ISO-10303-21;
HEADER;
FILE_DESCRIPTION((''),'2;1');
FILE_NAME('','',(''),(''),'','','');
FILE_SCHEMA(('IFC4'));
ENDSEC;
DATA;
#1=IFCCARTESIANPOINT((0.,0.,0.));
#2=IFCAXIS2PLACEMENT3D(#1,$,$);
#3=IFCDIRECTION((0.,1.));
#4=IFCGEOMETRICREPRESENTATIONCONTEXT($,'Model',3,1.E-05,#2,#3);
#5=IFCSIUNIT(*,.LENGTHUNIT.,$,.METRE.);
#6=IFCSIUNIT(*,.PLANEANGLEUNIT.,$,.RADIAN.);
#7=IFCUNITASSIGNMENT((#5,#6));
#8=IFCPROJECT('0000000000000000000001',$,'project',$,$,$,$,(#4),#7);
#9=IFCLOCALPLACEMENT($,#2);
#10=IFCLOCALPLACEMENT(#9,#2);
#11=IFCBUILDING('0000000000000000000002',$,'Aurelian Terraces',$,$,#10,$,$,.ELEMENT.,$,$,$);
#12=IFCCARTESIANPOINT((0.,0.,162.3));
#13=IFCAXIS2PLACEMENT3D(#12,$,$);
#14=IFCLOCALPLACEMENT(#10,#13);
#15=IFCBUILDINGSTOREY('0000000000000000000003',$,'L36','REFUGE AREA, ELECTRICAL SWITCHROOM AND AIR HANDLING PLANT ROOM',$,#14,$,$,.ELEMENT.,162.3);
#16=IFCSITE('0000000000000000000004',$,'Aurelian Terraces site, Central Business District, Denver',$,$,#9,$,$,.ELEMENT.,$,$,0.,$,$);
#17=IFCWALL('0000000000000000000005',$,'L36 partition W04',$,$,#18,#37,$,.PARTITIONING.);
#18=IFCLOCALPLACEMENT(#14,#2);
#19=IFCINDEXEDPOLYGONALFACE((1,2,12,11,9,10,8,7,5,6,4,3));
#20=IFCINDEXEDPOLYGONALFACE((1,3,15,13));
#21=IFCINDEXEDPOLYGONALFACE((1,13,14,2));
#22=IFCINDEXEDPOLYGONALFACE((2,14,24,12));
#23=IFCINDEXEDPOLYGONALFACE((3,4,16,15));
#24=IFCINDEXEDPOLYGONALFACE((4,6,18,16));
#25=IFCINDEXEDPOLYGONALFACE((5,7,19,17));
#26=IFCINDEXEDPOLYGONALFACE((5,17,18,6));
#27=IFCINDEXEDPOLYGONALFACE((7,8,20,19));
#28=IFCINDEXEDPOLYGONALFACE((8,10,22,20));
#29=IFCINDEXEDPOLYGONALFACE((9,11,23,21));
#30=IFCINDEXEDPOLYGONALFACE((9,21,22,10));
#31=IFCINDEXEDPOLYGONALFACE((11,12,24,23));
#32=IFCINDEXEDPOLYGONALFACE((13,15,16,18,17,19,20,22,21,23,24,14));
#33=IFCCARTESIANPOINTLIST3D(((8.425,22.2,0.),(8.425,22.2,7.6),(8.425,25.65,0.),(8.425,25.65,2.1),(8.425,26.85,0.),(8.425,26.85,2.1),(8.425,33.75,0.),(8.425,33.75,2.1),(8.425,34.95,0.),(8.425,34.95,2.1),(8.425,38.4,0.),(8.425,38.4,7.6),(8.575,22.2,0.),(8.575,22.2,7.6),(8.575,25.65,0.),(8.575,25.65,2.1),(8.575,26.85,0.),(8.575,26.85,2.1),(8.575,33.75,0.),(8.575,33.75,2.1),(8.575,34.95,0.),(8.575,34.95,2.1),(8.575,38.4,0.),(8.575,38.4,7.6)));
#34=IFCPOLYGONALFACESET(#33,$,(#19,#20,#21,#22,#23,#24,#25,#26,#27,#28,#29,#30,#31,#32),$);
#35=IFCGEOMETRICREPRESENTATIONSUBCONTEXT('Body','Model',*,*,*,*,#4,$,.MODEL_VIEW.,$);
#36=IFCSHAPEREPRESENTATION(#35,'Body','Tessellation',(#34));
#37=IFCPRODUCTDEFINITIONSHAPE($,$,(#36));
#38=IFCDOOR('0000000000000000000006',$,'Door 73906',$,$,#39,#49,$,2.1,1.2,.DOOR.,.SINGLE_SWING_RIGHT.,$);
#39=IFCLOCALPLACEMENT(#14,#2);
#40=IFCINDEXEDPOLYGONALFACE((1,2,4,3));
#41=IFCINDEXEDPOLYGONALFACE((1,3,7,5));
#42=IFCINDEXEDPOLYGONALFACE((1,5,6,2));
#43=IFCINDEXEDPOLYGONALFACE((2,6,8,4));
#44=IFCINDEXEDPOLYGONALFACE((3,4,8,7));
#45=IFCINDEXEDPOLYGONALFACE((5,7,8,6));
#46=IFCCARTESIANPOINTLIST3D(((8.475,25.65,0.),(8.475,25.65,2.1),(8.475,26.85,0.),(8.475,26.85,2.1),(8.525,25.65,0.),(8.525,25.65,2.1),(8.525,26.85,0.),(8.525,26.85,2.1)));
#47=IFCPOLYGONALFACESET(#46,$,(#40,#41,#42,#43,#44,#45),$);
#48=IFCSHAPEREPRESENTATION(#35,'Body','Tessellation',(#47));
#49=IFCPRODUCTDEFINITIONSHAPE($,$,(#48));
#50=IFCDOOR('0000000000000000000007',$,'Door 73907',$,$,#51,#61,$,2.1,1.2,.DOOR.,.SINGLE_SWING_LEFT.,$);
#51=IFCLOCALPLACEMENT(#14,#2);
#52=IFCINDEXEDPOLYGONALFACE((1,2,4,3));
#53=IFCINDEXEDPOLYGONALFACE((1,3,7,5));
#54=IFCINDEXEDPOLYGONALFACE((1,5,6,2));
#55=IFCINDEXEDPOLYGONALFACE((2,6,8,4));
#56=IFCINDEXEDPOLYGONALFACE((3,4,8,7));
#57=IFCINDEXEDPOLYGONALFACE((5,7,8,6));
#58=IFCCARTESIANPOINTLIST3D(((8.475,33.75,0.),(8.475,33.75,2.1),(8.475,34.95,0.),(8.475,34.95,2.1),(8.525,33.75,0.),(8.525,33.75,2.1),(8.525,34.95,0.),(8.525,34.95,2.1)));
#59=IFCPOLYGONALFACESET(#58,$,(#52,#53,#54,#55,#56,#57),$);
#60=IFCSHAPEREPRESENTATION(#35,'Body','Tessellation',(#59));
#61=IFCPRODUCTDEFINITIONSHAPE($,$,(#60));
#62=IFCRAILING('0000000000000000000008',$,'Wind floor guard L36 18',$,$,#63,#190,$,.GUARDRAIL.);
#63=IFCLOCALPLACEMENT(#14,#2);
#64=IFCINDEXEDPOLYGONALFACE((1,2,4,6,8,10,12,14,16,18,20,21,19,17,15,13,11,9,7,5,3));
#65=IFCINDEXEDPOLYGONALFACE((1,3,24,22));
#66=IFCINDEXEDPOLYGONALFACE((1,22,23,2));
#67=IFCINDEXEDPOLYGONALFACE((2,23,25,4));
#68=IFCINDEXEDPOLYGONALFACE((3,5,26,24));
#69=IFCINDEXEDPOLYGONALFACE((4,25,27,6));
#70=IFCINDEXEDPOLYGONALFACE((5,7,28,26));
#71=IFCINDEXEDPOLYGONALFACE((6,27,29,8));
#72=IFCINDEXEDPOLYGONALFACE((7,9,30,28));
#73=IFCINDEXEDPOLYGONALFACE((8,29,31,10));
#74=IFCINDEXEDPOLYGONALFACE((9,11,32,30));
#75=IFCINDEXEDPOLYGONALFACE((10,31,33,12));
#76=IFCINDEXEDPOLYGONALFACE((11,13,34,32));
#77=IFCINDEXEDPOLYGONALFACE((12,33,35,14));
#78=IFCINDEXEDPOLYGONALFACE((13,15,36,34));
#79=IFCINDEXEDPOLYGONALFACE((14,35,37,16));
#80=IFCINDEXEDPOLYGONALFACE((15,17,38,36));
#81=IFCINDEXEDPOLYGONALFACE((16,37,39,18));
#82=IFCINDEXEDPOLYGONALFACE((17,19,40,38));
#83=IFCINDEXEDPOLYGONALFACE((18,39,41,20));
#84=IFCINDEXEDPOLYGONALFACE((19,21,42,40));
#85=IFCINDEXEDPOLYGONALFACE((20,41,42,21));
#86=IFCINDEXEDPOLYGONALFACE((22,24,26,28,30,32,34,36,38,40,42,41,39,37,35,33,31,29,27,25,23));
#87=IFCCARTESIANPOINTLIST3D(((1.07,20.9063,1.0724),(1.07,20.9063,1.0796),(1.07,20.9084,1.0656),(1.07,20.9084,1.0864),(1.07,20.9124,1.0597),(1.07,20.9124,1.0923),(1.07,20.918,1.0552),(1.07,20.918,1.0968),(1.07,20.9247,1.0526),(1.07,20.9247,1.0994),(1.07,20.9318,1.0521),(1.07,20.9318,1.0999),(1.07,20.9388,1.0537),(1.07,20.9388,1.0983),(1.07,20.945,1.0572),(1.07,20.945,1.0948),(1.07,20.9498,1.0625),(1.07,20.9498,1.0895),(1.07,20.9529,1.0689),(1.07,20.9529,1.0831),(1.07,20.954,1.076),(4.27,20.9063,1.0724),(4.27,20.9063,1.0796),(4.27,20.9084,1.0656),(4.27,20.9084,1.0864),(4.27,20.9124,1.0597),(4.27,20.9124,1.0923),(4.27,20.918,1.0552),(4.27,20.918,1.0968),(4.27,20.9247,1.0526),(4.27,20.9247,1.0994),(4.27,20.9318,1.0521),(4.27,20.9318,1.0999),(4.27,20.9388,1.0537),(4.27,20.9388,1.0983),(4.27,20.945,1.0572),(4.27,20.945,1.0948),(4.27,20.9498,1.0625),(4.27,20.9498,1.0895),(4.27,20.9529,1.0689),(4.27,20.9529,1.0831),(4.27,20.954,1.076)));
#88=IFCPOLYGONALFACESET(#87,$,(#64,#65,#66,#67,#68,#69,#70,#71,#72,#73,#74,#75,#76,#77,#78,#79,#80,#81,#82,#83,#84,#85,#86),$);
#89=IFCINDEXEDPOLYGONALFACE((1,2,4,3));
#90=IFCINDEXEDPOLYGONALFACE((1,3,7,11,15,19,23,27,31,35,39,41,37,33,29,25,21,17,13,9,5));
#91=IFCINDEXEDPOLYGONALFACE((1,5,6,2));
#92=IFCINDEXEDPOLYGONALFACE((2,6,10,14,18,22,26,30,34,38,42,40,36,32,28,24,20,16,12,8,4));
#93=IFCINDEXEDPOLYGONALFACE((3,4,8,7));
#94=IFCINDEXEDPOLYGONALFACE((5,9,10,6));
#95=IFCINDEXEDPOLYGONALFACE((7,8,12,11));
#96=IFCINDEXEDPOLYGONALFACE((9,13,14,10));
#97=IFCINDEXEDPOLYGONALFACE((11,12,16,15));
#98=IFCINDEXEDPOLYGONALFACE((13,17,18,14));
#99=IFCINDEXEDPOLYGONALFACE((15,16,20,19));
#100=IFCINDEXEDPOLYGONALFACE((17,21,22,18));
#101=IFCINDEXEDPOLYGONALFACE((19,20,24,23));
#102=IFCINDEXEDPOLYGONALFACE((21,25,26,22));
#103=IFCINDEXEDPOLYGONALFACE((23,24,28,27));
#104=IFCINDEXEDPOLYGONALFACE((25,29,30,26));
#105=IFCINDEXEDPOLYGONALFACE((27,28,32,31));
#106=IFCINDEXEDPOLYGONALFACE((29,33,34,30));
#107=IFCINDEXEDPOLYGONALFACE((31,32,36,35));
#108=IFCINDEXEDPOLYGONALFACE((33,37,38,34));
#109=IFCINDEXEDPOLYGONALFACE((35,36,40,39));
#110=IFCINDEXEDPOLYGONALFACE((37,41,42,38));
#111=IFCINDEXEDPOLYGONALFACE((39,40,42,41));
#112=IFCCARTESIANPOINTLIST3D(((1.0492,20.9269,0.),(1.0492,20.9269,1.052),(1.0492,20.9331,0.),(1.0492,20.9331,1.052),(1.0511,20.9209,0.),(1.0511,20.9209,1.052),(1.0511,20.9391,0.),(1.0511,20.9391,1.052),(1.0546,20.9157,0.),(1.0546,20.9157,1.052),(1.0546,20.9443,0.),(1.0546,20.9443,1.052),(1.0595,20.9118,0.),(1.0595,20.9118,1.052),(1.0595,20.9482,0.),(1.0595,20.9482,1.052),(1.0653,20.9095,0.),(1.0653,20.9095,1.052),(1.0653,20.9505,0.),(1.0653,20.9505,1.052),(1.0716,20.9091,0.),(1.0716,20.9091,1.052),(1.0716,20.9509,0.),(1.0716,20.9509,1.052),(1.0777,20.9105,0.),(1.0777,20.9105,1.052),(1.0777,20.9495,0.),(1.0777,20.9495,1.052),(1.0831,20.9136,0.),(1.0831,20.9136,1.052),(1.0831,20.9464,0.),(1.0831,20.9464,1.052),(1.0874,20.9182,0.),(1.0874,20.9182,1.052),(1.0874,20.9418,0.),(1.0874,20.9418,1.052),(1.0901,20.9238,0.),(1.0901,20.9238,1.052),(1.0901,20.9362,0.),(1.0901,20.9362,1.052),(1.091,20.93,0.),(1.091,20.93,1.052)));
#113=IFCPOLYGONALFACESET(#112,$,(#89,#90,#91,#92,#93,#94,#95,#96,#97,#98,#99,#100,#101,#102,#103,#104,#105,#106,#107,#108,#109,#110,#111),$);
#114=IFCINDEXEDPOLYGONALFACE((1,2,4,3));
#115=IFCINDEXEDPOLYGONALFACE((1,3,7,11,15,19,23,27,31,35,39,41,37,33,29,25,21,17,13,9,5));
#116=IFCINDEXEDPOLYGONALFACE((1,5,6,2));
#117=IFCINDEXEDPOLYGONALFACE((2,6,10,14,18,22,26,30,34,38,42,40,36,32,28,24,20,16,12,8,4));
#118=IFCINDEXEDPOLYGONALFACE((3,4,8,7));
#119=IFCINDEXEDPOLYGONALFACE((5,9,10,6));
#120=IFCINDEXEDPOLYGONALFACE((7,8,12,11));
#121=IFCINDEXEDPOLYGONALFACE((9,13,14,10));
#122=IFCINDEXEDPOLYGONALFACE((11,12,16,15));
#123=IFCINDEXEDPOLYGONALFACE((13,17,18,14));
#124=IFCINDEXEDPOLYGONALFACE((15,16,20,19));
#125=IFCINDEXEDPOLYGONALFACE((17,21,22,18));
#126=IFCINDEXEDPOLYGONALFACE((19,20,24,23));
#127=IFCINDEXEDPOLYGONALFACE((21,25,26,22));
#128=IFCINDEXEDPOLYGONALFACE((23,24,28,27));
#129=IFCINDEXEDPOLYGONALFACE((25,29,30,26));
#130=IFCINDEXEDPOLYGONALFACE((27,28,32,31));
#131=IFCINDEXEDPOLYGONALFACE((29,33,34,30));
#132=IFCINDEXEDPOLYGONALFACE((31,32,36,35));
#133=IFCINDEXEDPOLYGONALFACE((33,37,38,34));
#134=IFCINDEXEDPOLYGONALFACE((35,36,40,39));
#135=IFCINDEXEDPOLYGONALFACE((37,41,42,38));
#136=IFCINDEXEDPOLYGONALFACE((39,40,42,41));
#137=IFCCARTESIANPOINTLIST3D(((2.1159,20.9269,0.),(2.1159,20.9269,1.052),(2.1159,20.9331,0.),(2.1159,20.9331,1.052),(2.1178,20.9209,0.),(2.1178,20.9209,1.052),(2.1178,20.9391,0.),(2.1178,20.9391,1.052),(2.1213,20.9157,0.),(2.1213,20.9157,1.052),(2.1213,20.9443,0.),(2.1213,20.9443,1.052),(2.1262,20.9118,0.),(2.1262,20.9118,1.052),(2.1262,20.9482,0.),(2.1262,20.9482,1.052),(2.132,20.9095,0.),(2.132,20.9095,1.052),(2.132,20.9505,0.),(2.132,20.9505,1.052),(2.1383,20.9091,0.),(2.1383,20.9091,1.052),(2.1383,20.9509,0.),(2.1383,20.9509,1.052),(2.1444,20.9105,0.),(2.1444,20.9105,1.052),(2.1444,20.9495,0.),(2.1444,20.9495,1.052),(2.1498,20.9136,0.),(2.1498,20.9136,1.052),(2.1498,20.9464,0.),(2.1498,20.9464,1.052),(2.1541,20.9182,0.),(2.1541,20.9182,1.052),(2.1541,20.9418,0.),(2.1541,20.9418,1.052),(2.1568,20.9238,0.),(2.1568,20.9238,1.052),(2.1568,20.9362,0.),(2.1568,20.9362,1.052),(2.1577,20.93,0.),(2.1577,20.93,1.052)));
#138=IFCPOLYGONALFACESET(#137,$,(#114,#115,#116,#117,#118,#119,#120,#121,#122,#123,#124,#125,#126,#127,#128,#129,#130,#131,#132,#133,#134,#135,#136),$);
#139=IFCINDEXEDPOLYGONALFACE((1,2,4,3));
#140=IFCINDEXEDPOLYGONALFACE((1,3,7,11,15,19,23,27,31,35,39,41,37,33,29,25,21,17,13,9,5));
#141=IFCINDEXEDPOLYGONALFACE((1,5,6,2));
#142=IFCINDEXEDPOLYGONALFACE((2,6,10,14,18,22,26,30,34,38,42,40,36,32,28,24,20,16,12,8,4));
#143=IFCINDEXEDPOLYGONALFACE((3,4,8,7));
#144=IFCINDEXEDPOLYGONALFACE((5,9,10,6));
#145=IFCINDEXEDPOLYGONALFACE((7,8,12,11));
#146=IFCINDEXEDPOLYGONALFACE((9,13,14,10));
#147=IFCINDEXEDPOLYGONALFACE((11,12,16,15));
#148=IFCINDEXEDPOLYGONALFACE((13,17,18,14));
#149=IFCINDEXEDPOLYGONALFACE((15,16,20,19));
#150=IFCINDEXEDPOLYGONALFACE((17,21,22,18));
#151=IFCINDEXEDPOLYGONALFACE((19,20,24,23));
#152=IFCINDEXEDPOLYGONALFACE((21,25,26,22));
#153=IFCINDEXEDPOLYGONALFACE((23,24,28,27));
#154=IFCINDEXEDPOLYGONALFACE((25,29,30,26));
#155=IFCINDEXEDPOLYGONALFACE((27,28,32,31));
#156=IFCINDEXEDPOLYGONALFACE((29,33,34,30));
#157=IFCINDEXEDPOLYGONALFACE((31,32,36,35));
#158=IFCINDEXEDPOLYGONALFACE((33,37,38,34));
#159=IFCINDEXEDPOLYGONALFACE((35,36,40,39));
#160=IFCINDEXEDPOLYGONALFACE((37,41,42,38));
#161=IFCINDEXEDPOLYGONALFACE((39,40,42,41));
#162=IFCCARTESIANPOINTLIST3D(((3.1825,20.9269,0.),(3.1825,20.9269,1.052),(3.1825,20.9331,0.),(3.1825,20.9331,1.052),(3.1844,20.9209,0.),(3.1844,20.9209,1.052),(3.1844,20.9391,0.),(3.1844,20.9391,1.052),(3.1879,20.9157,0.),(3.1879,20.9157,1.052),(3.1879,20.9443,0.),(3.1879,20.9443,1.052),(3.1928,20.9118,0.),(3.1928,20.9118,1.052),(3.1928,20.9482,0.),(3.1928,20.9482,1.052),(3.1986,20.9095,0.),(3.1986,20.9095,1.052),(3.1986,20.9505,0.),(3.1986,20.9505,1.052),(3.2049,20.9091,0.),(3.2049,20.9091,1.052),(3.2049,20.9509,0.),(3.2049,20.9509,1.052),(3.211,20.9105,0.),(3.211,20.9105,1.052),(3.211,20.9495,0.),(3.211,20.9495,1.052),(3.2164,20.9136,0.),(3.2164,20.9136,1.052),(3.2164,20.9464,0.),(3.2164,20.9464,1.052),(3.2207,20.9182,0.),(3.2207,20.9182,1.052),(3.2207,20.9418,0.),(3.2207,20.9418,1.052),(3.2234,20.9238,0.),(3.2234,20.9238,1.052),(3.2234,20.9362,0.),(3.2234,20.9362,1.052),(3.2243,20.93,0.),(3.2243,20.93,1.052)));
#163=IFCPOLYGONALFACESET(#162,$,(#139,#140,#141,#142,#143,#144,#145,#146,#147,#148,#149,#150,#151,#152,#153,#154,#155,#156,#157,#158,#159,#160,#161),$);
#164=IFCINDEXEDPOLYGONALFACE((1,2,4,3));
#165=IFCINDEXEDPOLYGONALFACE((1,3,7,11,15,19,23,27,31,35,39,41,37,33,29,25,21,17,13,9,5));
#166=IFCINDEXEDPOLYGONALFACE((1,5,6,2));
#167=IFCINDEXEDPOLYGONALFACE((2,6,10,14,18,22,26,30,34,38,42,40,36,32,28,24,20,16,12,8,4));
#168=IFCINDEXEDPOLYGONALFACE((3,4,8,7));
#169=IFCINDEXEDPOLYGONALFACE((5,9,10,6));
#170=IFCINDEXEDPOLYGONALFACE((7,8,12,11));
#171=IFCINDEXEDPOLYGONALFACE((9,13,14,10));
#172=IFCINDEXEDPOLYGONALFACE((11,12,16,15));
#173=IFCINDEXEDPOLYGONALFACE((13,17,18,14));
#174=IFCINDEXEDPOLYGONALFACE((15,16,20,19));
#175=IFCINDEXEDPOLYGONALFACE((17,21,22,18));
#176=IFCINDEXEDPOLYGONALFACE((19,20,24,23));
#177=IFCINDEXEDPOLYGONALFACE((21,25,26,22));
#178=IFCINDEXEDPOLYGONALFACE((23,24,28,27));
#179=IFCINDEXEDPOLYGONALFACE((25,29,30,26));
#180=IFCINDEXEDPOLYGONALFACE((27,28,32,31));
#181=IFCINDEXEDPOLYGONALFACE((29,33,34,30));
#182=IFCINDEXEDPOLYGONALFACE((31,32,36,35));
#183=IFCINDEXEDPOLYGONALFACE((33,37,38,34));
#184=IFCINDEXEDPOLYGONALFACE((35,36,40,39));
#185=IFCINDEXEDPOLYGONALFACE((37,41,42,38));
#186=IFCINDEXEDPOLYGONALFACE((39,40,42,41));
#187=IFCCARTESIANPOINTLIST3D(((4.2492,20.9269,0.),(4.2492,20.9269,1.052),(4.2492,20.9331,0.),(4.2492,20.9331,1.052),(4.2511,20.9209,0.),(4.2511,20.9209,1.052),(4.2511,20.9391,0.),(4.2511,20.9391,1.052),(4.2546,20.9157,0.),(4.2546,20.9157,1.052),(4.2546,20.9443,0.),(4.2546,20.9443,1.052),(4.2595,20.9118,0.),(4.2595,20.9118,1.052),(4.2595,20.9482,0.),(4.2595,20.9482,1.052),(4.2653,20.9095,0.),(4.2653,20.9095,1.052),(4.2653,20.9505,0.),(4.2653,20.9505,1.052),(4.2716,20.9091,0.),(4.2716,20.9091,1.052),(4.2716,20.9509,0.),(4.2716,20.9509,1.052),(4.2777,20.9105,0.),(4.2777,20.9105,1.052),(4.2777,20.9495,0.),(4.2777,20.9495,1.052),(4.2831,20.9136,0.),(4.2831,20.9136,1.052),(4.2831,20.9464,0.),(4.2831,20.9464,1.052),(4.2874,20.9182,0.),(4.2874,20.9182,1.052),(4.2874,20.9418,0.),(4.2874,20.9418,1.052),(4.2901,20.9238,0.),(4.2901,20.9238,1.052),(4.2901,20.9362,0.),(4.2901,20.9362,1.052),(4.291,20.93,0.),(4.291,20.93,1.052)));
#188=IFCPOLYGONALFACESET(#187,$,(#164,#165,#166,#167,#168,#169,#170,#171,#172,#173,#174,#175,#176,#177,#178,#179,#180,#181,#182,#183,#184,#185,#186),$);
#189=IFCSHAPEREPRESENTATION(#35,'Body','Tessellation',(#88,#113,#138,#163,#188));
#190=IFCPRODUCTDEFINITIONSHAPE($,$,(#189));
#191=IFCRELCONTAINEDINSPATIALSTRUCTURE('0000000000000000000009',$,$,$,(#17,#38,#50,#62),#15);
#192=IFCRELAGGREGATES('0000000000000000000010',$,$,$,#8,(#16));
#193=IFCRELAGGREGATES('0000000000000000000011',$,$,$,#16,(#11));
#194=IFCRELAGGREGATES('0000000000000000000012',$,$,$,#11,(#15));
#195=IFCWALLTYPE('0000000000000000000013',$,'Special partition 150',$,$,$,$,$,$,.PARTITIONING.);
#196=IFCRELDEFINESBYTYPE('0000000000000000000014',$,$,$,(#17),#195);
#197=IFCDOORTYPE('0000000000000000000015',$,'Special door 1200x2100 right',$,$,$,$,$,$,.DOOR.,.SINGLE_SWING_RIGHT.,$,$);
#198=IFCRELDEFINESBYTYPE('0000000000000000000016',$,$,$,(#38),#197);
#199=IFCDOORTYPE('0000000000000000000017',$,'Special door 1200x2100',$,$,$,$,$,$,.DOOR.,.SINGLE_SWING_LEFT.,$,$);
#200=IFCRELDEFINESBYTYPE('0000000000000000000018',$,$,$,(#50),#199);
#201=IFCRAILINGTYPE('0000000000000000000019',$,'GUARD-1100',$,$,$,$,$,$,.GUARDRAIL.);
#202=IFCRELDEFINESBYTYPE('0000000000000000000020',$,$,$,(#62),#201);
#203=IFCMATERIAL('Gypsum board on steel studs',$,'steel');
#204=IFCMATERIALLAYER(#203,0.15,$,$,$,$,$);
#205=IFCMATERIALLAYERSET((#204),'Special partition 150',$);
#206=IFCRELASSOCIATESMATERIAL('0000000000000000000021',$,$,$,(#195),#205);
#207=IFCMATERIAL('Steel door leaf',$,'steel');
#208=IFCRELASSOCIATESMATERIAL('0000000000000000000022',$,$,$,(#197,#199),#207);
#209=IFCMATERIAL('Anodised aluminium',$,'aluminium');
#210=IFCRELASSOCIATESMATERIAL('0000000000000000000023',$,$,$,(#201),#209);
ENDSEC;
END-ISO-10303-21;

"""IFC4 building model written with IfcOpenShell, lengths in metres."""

from ifc_helpers import new_model, si_unit, direction, frame, frame_2d, origin, origin_2d, place, context, subcontext, project, spatial, rectangle, circle, extrude, source, transform, mapped, material, layer, layer_set, type_object, element, fill, save


model = new_model("IFC4")

# Units and contexts
model_context = context("Model", 3, precision=1e-05, world=origin(), true_north=direction((0.0, 1.0)))
body_context = subcontext(model_context, "Body", "Model", "MODEL_VIEW")
ifc_project = project(units=[si_unit("LENGTHUNIT", "METRE"), si_unit("PLANEANGLEUNIT", "RADIAN")], contexts=[model_context])

# Site, building, storey
site_placement = place(None, origin())
site = spatial("IfcSite", under=ifc_project, at=site_placement, Name="Aurelian Terraces site, Central Business District, Denver", CompositionType="ELEMENT", RefElevation=0.0)
building_placement = place(site_placement, origin())
building = spatial("IfcBuilding", under=site, at=building_placement, Name="Aurelian Terraces", CompositionType="ELEMENT")
storey_placement = place(building_placement, frame((0.0, 0.0, 162.3)))
storey = spatial("IfcBuildingStorey", under=building, at=storey_placement, Name="L36", Description="REFUGE AREA, ELECTRICAL SWITCHROOM AND AIR HANDLING PLANT ROOM", CompositionType="ELEMENT", Elevation=162.3)

# Shared definitions
ifc_material_1 = material(Name="Steel door leaf", Category="steel")
shared_shape_1 = source(origin(), body_context, "Body", "SweptSolid", [
    extrude(rectangle(XDim=1.2, YDim=2.1, at=frame_2d((0.6, 1.05))), frame((0.0, 0.025, 0.0), z_axis=(0.0, -1.0, 0.0), x_axis=(1.0, 0.0, 0.0)), (0.0, 0.0, 1.0), 0.05),
])

# Wall, openings, doors
ifc_material_2 = material(Name="Gypsum board on steel studs", Category="steel")
ifc_layer_1 = layer(ifc_material_2, 0.15)
ifc_layer_set_1 = layer_set([ifc_layer_1], Name="Special partition 150")
wall_type_1 = type_object("IfcWallType", Name="Special partition 150", PredefinedType="PARTITIONING", material=ifc_layer_set_1)
shared_shape_2 = source(origin(), body_context, "Body", "SweptSolid", [
    extrude(rectangle(XDim=16.2, YDim=0.15, at=frame_2d((8.1, 0.0))), origin(), (0.0, 0.0, 1.0), 7.6),
])
wall_1_placement = place(storey_placement, frame((8.5, 22.2, 0.0), z_axis=(0.0, 0.0, 1.0), x_axis=(0.0, 1.0, 0.0)))
wall_1 = element("IfcWall", 1, at=wall_1_placement, inside=storey, type_object=wall_type_1, Name="L36 partition W04", PredefinedType="PARTITIONING", context=body_context, shape_type="MappedRepresentation", body=[
    mapped(shared_shape_2, transform((0.0, 0.0, 0.0), scale=1.0)),
])
shared_shape_3 = source(origin(), body_context, "Body", "SweptSolid", [
    extrude(rectangle(XDim=1.2, YDim=2.1, at=frame_2d((0.6, 1.05))), frame((0.0, 0.085, 0.0), z_axis=(0.0, -1.0, 0.0), x_axis=(1.0, 0.0, 0.0)), (0.0, 0.0, 1.0), 0.17),
])
opening_1_placement = place(wall_1_placement, frame((3.45, 0.0, 0.0)))
opening_1 = element("IfcOpeningElement", 2, at=opening_1_placement, cuts=wall_1, PredefinedType="OPENING", context=body_context, shape_type="MappedRepresentation", body=[
    mapped(shared_shape_3, transform((0.0, 0.0, 0.0), scale=1.0)),
])
opening_2_placement = place(wall_1_placement, frame((11.55, 0.0, 0.0)))
opening_2 = element("IfcOpeningElement", 3, at=opening_2_placement, cuts=wall_1, PredefinedType="OPENING", context=body_context, shape_type="MappedRepresentation", body=[
    mapped(shared_shape_3, transform((0.0, 0.0, 0.0), scale=1.0)),
])
door_type_1 = type_object("IfcDoorType", Name="Special door 1200x2100 right", OperationType="SINGLE_SWING_RIGHT", PredefinedType="DOOR", material=ifc_material_1)
door_1_placement = place(opening_1_placement, origin())
door_1 = element("IfcDoor", 4, at=door_1_placement, inside=storey, type_object=door_type_1, Name="Door 73906", OperationType="SINGLE_SWING_RIGHT", OverallHeight=2.1, OverallWidth=1.2, PredefinedType="DOOR", context=body_context, shape_type="MappedRepresentation", body=[
    mapped(shared_shape_1, transform((0.0, 0.0, 0.0), scale=1.0)),
])
fill(opening_1, door_1)
door_type_2 = type_object("IfcDoorType", Name="Special door 1200x2100", OperationType="SINGLE_SWING_LEFT", PredefinedType="DOOR", material=ifc_material_1)
door_2_placement = place(opening_2_placement, origin())
door_2 = element("IfcDoor", 5, at=door_2_placement, inside=storey, type_object=door_type_2, Name="Door 73907", OperationType="SINGLE_SWING_LEFT", OverallHeight=2.1, OverallWidth=1.2, PredefinedType="DOOR", context=body_context, shape_type="MappedRepresentation", body=[
    mapped(shared_shape_1, transform((0.0, 0.0, 0.0), scale=1.0)),
])
fill(opening_2, door_2)

# Railing
ifc_material_3 = material(Name="Anodised aluminium", Category="aluminium")
railing_type_1 = type_object("IfcRailingType", Name="GUARD-1100", PredefinedType="GUARDRAIL", material=ifc_material_3)
railing_1_placement = place(storey_placement, frame((1.07, 20.93, 0.0)))
element("IfcRailing", 6, at=railing_1_placement, inside=storey, type_object=railing_type_1, Name="Wind floor guard L36 18", PredefinedType="GUARDRAIL", context=body_context, shape_type="SweptSolid", body=[
    extrude(circle(Radius=0.024, at=origin_2d()), frame((0.0, 0.0, 1.076), z_axis=(1.0, 0.0, 0.0), x_axis=(0.0, 1.0, 0.0)), (0.0, 0.0, 1.0), 3.2),
    extrude(circle(Radius=0.021, at=origin_2d()), origin(), (0.0, 0.0, 1.0), 1.052),
    extrude(circle(Radius=0.021, at=origin_2d()), frame((1.0667, 0.0, 0.0)), (0.0, 0.0, 1.0), 1.052),
    extrude(circle(Radius=0.021, at=origin_2d()), frame((2.1333, 0.0, 0.0)), (0.0, 0.0, 1.0), 1.052),
    extrude(circle(Radius=0.021, at=origin_2d()), frame((3.2, 0.0, 0.0)), (0.0, 0.0, 1.0), 1.052),
])

save(model, "model.ifc")
